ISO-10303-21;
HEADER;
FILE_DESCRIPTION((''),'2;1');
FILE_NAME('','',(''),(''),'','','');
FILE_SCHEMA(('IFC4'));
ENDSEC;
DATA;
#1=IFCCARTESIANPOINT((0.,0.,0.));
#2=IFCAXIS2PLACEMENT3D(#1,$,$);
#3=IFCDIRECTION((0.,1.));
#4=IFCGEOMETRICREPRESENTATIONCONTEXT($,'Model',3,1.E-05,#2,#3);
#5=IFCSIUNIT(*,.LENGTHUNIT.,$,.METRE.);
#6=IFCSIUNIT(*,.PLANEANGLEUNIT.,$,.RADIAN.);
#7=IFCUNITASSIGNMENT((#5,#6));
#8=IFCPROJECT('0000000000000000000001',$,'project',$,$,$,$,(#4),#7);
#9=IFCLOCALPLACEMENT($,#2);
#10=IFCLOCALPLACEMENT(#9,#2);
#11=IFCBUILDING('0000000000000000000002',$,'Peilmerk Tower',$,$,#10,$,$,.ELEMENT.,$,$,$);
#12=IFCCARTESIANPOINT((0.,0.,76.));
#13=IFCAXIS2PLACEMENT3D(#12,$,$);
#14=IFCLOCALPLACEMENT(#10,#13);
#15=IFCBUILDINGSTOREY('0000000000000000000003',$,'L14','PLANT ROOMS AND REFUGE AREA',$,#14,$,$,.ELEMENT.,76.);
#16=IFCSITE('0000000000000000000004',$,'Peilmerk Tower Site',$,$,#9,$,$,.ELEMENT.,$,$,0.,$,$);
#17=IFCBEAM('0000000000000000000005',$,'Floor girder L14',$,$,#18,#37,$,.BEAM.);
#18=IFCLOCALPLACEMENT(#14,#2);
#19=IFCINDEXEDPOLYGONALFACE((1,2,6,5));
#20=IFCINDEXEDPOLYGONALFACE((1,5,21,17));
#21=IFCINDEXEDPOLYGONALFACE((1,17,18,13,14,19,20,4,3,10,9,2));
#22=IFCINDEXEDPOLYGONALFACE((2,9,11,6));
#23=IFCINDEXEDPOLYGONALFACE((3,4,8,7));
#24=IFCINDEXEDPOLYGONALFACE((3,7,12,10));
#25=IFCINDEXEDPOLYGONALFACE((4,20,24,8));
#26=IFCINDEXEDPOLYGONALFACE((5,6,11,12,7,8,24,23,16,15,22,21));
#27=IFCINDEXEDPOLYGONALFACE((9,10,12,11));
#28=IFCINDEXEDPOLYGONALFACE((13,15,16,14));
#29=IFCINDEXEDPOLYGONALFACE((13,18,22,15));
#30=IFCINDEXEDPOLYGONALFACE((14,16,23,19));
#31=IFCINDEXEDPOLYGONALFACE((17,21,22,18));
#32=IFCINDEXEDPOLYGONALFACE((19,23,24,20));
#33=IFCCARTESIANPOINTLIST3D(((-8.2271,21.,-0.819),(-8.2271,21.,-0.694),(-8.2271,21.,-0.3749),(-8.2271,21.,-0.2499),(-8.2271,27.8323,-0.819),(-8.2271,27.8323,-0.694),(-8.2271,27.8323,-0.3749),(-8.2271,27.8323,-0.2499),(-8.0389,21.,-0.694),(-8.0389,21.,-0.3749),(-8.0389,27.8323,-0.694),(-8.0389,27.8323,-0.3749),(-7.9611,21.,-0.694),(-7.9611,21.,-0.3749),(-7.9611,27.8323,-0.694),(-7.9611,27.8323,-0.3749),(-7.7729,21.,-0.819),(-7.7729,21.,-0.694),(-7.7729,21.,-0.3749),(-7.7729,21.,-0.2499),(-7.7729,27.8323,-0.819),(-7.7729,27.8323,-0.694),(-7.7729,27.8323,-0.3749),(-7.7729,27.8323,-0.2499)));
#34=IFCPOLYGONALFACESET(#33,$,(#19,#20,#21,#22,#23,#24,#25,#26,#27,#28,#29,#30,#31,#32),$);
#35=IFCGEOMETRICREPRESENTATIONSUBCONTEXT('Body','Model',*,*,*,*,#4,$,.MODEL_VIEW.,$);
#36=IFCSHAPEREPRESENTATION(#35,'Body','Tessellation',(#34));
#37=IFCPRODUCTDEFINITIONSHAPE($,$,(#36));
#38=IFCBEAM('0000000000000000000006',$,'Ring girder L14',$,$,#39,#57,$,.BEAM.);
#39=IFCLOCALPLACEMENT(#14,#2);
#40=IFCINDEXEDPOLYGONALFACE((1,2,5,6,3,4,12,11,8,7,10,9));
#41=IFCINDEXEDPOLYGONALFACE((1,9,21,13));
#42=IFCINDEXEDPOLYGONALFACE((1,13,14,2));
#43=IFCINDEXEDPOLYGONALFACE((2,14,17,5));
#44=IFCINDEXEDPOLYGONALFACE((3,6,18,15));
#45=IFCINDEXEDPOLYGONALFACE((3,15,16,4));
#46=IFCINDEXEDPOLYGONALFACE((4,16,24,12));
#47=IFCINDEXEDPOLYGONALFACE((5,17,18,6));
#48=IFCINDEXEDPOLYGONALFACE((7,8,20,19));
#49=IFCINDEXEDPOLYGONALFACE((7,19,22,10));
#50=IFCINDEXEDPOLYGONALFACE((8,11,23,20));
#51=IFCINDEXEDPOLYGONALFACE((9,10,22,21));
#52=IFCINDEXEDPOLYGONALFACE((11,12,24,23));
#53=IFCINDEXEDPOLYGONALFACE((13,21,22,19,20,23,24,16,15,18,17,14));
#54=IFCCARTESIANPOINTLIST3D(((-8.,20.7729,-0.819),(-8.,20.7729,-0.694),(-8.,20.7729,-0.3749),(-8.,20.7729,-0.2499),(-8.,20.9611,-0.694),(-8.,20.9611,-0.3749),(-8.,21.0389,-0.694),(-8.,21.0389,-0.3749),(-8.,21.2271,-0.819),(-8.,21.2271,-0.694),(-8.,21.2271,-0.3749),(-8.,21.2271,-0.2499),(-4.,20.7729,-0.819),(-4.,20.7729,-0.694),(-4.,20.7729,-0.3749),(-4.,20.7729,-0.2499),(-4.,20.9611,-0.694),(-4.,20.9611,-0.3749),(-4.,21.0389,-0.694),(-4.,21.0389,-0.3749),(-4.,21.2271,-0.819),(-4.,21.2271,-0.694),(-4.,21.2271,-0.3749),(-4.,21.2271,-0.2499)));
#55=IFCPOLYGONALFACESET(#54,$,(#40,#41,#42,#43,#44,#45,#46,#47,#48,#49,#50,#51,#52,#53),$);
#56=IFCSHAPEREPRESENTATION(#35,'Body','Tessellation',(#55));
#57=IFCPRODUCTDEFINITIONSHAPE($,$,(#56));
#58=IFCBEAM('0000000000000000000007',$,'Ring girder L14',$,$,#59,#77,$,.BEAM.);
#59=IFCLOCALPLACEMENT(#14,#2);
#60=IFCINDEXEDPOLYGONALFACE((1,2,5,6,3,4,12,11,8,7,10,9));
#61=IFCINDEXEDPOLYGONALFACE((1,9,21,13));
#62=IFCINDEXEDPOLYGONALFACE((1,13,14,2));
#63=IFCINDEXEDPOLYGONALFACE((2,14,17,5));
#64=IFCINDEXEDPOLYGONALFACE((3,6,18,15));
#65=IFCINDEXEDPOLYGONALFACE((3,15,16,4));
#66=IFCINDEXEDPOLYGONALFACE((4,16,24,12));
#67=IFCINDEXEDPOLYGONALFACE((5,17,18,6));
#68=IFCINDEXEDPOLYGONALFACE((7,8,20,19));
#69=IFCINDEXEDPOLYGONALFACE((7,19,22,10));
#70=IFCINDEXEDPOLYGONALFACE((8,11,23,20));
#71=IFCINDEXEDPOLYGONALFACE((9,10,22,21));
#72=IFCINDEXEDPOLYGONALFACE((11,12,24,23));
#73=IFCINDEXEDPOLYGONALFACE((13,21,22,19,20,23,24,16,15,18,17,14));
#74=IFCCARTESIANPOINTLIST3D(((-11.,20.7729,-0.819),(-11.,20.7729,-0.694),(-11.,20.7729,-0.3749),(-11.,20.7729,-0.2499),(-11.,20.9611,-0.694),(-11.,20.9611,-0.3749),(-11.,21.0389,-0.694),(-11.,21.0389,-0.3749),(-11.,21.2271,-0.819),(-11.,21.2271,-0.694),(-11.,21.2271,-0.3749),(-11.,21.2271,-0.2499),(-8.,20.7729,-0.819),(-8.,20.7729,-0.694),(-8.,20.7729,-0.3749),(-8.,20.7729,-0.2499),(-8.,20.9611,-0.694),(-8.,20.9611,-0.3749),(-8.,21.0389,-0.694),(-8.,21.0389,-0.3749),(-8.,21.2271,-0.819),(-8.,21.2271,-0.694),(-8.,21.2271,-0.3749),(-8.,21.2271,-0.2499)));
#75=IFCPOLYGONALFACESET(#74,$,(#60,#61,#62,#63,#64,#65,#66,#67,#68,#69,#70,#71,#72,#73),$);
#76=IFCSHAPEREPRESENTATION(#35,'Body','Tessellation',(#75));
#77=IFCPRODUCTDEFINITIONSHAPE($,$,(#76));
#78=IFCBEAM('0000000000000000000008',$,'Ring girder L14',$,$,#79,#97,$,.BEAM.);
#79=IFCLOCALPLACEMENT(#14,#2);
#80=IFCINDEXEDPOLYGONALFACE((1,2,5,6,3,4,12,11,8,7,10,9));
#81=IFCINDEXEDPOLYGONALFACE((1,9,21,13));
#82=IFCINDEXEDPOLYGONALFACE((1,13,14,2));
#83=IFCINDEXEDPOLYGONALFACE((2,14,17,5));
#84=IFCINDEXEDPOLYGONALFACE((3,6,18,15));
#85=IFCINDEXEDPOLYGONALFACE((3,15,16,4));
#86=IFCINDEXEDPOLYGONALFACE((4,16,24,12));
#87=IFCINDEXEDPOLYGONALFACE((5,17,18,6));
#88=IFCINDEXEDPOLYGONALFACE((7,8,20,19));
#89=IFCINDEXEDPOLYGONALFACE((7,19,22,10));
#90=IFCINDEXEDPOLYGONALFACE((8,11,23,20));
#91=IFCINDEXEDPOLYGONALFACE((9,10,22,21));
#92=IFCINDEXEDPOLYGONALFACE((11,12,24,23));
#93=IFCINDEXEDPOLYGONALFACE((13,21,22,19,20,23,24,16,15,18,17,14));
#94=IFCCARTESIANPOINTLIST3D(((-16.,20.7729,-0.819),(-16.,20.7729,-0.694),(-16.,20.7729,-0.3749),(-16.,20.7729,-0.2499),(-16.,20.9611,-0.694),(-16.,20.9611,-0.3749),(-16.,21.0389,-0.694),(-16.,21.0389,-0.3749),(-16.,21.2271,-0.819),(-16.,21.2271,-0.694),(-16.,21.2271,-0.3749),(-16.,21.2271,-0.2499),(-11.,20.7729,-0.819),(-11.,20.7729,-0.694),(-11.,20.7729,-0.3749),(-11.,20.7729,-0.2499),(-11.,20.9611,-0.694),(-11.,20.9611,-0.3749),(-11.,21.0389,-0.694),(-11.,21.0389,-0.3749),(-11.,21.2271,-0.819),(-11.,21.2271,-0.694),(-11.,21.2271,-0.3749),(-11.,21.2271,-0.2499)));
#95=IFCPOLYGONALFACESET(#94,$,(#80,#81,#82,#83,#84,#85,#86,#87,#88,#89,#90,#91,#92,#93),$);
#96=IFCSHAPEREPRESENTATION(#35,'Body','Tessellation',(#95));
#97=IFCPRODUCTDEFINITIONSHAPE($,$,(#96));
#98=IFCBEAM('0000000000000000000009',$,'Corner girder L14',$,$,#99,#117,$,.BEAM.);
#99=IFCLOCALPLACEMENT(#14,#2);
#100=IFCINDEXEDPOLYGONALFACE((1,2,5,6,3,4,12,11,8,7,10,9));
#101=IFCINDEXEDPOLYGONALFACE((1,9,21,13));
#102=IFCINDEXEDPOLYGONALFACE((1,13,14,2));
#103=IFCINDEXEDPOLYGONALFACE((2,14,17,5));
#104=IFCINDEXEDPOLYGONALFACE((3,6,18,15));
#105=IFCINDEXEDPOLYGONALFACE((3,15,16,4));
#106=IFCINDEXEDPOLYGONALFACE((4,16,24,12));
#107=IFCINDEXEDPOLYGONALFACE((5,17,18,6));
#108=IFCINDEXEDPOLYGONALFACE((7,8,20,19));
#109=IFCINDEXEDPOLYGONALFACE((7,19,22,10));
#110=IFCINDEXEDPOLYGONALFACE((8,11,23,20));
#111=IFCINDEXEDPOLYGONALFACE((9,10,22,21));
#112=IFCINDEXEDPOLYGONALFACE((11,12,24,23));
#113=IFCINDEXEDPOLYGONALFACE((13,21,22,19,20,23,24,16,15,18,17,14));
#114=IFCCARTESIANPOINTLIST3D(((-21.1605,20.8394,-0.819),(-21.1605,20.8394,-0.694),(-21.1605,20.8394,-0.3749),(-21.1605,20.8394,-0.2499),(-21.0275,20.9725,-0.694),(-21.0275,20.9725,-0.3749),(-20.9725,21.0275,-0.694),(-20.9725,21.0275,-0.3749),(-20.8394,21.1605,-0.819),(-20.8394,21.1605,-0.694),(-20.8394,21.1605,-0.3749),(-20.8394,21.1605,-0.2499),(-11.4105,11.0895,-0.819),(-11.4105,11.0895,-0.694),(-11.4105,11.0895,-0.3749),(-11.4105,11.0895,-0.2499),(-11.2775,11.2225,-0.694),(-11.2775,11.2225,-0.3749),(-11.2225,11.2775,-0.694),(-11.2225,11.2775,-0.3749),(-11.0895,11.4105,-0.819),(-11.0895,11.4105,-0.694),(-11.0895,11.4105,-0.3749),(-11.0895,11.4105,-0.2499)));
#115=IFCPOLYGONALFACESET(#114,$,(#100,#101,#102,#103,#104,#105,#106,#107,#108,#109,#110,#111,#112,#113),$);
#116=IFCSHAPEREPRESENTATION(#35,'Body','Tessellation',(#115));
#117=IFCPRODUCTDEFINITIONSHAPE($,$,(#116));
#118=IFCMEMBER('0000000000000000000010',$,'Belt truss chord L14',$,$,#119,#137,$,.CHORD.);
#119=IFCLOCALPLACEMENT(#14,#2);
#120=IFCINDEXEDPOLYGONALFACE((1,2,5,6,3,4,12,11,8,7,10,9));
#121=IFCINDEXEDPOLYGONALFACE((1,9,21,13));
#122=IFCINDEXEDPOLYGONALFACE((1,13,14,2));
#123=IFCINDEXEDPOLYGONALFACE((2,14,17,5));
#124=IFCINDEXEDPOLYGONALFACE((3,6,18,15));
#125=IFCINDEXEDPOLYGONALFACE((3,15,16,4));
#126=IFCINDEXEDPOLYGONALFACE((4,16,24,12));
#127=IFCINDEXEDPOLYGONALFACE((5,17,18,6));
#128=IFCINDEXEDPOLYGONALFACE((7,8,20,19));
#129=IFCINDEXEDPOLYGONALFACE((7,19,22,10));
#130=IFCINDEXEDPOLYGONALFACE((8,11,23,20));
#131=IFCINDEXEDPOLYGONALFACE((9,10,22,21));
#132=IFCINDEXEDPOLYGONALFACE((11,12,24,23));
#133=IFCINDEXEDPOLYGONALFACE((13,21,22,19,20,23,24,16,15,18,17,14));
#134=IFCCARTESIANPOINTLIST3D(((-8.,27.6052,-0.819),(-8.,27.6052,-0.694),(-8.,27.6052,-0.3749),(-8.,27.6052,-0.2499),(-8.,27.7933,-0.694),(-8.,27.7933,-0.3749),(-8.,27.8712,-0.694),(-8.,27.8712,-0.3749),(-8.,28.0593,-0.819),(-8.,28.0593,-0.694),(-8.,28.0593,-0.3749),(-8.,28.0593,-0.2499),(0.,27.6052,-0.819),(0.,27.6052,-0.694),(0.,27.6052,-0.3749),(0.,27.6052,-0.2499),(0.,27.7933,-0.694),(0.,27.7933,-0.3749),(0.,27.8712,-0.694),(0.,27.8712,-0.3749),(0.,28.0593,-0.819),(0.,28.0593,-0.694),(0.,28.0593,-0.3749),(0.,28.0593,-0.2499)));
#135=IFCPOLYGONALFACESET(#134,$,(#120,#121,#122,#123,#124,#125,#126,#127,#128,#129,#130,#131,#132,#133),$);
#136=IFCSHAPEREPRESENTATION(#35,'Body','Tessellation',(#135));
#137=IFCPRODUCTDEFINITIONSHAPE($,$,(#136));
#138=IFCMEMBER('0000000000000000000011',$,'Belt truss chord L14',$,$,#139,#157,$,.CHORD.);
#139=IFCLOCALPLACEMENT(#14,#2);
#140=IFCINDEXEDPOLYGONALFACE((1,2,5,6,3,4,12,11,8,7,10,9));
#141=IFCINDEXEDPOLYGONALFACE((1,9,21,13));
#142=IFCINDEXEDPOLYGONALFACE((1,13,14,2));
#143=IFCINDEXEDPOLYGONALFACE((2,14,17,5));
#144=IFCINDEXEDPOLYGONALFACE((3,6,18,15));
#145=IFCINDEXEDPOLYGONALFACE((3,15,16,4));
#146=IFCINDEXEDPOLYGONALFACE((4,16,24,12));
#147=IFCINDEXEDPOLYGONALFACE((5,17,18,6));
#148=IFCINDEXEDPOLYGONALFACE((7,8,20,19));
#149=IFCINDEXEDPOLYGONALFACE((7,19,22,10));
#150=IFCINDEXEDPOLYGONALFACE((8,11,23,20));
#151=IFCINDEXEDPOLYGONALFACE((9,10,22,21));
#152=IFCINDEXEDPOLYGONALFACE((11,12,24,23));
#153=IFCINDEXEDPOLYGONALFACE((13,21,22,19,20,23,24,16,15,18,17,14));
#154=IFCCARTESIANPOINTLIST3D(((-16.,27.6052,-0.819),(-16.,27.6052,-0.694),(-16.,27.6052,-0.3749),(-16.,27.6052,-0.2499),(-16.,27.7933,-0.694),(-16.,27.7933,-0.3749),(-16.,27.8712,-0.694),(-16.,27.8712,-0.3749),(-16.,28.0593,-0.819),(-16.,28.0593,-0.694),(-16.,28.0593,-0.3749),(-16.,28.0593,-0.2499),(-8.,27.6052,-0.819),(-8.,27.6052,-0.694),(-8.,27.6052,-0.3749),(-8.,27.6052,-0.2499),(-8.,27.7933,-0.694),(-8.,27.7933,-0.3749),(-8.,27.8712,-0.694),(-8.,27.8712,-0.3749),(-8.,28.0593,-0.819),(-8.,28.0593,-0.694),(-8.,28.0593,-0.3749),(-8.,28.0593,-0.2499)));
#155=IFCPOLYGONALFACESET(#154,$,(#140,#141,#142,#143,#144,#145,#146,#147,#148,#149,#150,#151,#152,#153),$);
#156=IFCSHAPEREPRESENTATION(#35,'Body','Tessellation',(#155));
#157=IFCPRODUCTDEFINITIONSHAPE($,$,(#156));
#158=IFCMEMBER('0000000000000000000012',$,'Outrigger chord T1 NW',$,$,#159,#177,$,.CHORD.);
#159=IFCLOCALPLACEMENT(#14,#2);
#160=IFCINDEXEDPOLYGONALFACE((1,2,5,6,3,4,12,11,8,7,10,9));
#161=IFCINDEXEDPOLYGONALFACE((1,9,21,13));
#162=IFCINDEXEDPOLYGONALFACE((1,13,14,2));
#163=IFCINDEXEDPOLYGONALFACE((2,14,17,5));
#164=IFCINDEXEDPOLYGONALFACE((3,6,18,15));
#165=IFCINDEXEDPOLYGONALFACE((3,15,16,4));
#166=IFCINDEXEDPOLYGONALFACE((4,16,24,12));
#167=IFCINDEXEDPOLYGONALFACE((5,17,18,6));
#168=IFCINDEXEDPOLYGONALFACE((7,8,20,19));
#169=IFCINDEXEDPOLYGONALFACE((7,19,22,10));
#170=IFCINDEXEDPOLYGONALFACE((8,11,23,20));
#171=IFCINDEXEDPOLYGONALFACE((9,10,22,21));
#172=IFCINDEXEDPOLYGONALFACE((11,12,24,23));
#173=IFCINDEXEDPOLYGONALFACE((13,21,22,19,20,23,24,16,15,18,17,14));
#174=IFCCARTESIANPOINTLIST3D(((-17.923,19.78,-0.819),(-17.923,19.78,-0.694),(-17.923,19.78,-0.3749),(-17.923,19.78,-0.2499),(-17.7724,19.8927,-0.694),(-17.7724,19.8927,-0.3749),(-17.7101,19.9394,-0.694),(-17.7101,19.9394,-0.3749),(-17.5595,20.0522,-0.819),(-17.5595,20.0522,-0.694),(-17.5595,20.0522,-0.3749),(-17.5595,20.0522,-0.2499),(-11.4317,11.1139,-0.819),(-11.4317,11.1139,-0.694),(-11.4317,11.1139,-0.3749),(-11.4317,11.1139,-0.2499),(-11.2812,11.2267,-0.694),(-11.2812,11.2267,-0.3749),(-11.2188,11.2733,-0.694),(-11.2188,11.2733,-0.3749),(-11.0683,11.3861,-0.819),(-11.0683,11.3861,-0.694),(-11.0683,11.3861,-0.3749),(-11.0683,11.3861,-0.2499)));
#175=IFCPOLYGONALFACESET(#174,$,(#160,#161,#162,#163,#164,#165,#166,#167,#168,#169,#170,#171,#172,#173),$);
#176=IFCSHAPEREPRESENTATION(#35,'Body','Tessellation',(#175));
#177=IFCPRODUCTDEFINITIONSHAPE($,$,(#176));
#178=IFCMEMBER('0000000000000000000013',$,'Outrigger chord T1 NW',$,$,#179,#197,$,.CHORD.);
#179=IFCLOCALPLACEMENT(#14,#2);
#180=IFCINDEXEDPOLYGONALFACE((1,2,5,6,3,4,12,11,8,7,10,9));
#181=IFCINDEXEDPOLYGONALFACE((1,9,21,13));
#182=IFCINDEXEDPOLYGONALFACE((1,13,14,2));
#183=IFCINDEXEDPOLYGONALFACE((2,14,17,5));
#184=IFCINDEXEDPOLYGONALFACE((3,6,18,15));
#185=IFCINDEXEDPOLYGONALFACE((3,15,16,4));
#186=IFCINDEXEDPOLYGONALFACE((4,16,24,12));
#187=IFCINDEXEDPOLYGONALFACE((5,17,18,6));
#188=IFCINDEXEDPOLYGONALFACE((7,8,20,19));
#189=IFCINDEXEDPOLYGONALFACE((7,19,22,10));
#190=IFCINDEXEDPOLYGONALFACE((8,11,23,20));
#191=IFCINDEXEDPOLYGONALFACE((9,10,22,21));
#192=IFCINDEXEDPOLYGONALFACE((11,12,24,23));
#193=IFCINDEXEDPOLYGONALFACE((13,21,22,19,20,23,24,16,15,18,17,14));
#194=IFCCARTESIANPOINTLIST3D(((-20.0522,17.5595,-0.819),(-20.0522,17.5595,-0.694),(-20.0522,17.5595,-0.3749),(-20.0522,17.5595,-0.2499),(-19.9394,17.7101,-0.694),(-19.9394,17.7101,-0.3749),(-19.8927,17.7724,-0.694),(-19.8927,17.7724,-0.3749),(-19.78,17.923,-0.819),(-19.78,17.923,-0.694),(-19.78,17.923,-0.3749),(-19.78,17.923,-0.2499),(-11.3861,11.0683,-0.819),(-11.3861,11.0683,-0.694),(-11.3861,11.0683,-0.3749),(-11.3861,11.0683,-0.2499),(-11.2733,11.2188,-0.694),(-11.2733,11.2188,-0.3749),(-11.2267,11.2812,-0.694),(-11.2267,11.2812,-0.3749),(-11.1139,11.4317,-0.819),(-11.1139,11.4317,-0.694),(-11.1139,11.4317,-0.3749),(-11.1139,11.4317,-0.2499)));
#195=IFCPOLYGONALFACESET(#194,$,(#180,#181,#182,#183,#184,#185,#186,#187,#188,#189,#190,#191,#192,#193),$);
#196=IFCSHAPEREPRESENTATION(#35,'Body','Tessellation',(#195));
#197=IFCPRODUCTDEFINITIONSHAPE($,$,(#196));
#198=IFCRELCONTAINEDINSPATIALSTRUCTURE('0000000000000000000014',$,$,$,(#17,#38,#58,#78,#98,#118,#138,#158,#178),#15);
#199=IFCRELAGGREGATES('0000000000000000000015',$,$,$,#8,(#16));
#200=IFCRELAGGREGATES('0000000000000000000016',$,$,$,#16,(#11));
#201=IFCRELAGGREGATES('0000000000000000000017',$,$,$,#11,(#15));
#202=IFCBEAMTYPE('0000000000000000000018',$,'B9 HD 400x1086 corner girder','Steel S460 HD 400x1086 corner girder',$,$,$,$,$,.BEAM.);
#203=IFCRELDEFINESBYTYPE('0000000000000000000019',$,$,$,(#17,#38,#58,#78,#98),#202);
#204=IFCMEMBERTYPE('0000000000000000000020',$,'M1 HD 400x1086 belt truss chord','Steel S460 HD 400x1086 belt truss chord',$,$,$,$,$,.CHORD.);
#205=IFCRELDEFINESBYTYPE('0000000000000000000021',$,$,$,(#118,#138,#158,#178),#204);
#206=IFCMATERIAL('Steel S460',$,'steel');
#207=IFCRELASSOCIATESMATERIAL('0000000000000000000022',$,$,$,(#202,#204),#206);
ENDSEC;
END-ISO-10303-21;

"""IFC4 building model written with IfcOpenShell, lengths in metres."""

from ifc_helpers import new_model, si_unit, direction, frame, origin, origin_2d, place, context, subcontext, project, spatial, i_section, extrude, material, material_profile, profile_set, type_object, element, save


model = new_model("IFC4")

# Units and contexts
model_context = context("Model", 3, precision=1e-05, world=origin(), true_north=direction((0.0, 1.0)))
body_context = subcontext(model_context, "Body", "Model", "MODEL_VIEW")
ifc_project = project(units=[si_unit("LENGTHUNIT", "METRE"), si_unit("PLANEANGLEUNIT", "RADIAN")], contexts=[model_context])

# Site, building, storey
site_placement = place(None, origin())
site = spatial("IfcSite", under=ifc_project, at=site_placement, Name="Peilmerk Tower Site", CompositionType="ELEMENT", RefElevation=0.0)
building_placement = place(site_placement, origin())
building = spatial("IfcBuilding", under=site, at=building_placement, Name="Peilmerk Tower", CompositionType="ELEMENT")
storey_placement = place(building_placement, frame((0.0, 0.0, 76.0)))
storey = spatial("IfcBuildingStorey", under=building, at=storey_placement, Name="L14", Description="PLANT ROOMS AND REFUGE AREA", CompositionType="ELEMENT", Elevation=76.0)

# Shared definitions
ifc_material_1 = material(Name="Steel S460", Category="steel")

# Beams
ifc_material_profile_1 = material_profile(ifc_material_1, i_section(OverallWidth=0.4541, OverallDepth=0.5691, WebThickness=0.0779, FlangeThickness=0.125, at=origin_2d()), Name="HD 400x1086")
ifc_profile_set_1 = profile_set([ifc_material_profile_1], Name="Steel S460")
beam_type_1 = type_object("IfcBeamType", Name="B9 HD 400x1086 corner girder", Description="Steel S460 HD 400x1086 corner girder", PredefinedType="BEAM", material=ifc_profile_set_1)
beam_1_placement = place(storey_placement, frame((-8.0, 21.0, -0.5344), z_axis=(0.0, 1.0, 0.0), x_axis=(-1.0, 0.0, 0.0)))
element("IfcBeam", 1, at=beam_1_placement, inside=storey, type_object=beam_type_1, Name="Floor girder L14", PredefinedType="BEAM", context=body_context, shape_type="SweptSolid", body=[
    extrude(i_section(OverallWidth=0.4541, OverallDepth=0.5691, WebThickness=0.0779, FlangeThickness=0.125, at=origin_2d()), origin(), (0.0, 0.0, 1.0), 6.8323),
])
beam_2_placement = place(storey_placement, frame((-4.0, 21.0, -0.5344), z_axis=(-1.0, 0.0, 0.0), x_axis=(0.0, -1.0, 0.0)))
element("IfcBeam", 2, at=beam_2_placement, inside=storey, type_object=beam_type_1, Name="Ring girder L14", PredefinedType="BEAM", context=body_context, shape_type="SweptSolid", body=[
    extrude(i_section(OverallWidth=0.4541, OverallDepth=0.5691, WebThickness=0.0779, FlangeThickness=0.125, at=origin_2d()), origin(), (0.0, 0.0, 1.0), 4.0),
])
beam_3_placement = place(storey_placement, frame((-8.0, 21.0, -0.5344), z_axis=(-1.0, 0.0, 0.0), x_axis=(0.0, -1.0, 0.0)))
element("IfcBeam", 3, at=beam_3_placement, inside=storey, type_object=beam_type_1, Name="Ring girder L14", PredefinedType="BEAM", context=body_context, shape_type="SweptSolid", body=[
    extrude(i_section(OverallWidth=0.4541, OverallDepth=0.5691, WebThickness=0.0779, FlangeThickness=0.125, at=origin_2d()), origin(), (0.0, 0.0, 1.0), 3.0),
])
beam_4_placement = place(storey_placement, frame((-11.0, 21.0, -0.5344), z_axis=(-1.0, 0.0, 0.0), x_axis=(0.0, -1.0, 0.0)))
element("IfcBeam", 4, at=beam_4_placement, inside=storey, type_object=beam_type_1, Name="Ring girder L14", PredefinedType="BEAM", context=body_context, shape_type="SweptSolid", body=[
    extrude(i_section(OverallWidth=0.4541, OverallDepth=0.5691, WebThickness=0.0779, FlangeThickness=0.125, at=origin_2d()), origin(), (0.0, 0.0, 1.0), 5.0),
])
beam_5_placement = place(storey_placement, frame((-11.25, 11.25, -0.5344), z_axis=(-0.707107, 0.707107, 0.0), x_axis=(-0.707107, -0.707107, 0.0)))
element("IfcBeam", 5, at=beam_5_placement, inside=storey, type_object=beam_type_1, Name="Corner girder L14", PredefinedType="BEAM", context=body_context, shape_type="SweptSolid", body=[
    extrude(i_section(OverallWidth=0.4541, OverallDepth=0.5691, WebThickness=0.0779, FlangeThickness=0.125, at=origin_2d()), origin(), (0.0, 0.0, 1.0), 13.7886),
])

# Members
ifc_material_profile_2 = material_profile(ifc_material_1, i_section(OverallWidth=0.4541, OverallDepth=0.5691, WebThickness=0.0779, FlangeThickness=0.125, at=origin_2d()), Name="HD 400x1086")
ifc_profile_set_2 = profile_set([ifc_material_profile_2], Name="Steel S460")
member_type_1 = type_object("IfcMemberType", Name="M1 HD 400x1086 belt truss chord", Description="Steel S460 HD 400x1086 belt truss chord", PredefinedType="CHORD", material=ifc_profile_set_2)
for number, where, z_axis, x_axis, name in (
    (6, (0.0, 27.8323, -0.5344), (-1.0, 0.0, 0.0), (0.0, -1.0, 0.0), "Belt truss chord L14"),
    (7, (-8.0, 27.8323, -0.5344), (-1.0, 0.0, 0.0), (0.0, -1.0, 0.0), "Belt truss chord L14"),
):
    element("IfcMember", number, at=place(storey_placement, frame(where, z_axis=z_axis, x_axis=x_axis)), inside=storey, type_object=member_type_1, Name=name, PredefinedType="CHORD", context=body_context, shape_type="SweptSolid", body=[
        extrude(i_section(OverallWidth=0.4541, OverallDepth=0.5691, WebThickness=0.0779, FlangeThickness=0.125, at=origin_2d()), origin(), (0.0, 0.0, 1.0), 8.0),
    ])
for number, where, z_axis, x_axis, name in (
    (8, (-11.25, 11.25, -0.5344), (-0.599509, 0.800368, 0.0), (-0.800368, -0.599509, 0.0), "Outrigger chord T1 NW"),
    (9, (-11.25, 11.25, -0.5344), (-0.800368, 0.599509, 0.0), (-0.599509, -0.800368, 0.0), "Outrigger chord T1 NW"),
):
    element("IfcMember", number, at=place(storey_placement, frame(where, z_axis=z_axis, x_axis=x_axis)), inside=storey, type_object=member_type_1, Name=name, PredefinedType="CHORD", context=body_context, shape_type="SweptSolid", body=[
        extrude(i_section(OverallWidth=0.4541, OverallDepth=0.5691, WebThickness=0.0779, FlangeThickness=0.125, at=origin_2d()), origin(), (0.0, 0.0, 1.0), 10.8276),
    ])

save(model, "model.ifc")
